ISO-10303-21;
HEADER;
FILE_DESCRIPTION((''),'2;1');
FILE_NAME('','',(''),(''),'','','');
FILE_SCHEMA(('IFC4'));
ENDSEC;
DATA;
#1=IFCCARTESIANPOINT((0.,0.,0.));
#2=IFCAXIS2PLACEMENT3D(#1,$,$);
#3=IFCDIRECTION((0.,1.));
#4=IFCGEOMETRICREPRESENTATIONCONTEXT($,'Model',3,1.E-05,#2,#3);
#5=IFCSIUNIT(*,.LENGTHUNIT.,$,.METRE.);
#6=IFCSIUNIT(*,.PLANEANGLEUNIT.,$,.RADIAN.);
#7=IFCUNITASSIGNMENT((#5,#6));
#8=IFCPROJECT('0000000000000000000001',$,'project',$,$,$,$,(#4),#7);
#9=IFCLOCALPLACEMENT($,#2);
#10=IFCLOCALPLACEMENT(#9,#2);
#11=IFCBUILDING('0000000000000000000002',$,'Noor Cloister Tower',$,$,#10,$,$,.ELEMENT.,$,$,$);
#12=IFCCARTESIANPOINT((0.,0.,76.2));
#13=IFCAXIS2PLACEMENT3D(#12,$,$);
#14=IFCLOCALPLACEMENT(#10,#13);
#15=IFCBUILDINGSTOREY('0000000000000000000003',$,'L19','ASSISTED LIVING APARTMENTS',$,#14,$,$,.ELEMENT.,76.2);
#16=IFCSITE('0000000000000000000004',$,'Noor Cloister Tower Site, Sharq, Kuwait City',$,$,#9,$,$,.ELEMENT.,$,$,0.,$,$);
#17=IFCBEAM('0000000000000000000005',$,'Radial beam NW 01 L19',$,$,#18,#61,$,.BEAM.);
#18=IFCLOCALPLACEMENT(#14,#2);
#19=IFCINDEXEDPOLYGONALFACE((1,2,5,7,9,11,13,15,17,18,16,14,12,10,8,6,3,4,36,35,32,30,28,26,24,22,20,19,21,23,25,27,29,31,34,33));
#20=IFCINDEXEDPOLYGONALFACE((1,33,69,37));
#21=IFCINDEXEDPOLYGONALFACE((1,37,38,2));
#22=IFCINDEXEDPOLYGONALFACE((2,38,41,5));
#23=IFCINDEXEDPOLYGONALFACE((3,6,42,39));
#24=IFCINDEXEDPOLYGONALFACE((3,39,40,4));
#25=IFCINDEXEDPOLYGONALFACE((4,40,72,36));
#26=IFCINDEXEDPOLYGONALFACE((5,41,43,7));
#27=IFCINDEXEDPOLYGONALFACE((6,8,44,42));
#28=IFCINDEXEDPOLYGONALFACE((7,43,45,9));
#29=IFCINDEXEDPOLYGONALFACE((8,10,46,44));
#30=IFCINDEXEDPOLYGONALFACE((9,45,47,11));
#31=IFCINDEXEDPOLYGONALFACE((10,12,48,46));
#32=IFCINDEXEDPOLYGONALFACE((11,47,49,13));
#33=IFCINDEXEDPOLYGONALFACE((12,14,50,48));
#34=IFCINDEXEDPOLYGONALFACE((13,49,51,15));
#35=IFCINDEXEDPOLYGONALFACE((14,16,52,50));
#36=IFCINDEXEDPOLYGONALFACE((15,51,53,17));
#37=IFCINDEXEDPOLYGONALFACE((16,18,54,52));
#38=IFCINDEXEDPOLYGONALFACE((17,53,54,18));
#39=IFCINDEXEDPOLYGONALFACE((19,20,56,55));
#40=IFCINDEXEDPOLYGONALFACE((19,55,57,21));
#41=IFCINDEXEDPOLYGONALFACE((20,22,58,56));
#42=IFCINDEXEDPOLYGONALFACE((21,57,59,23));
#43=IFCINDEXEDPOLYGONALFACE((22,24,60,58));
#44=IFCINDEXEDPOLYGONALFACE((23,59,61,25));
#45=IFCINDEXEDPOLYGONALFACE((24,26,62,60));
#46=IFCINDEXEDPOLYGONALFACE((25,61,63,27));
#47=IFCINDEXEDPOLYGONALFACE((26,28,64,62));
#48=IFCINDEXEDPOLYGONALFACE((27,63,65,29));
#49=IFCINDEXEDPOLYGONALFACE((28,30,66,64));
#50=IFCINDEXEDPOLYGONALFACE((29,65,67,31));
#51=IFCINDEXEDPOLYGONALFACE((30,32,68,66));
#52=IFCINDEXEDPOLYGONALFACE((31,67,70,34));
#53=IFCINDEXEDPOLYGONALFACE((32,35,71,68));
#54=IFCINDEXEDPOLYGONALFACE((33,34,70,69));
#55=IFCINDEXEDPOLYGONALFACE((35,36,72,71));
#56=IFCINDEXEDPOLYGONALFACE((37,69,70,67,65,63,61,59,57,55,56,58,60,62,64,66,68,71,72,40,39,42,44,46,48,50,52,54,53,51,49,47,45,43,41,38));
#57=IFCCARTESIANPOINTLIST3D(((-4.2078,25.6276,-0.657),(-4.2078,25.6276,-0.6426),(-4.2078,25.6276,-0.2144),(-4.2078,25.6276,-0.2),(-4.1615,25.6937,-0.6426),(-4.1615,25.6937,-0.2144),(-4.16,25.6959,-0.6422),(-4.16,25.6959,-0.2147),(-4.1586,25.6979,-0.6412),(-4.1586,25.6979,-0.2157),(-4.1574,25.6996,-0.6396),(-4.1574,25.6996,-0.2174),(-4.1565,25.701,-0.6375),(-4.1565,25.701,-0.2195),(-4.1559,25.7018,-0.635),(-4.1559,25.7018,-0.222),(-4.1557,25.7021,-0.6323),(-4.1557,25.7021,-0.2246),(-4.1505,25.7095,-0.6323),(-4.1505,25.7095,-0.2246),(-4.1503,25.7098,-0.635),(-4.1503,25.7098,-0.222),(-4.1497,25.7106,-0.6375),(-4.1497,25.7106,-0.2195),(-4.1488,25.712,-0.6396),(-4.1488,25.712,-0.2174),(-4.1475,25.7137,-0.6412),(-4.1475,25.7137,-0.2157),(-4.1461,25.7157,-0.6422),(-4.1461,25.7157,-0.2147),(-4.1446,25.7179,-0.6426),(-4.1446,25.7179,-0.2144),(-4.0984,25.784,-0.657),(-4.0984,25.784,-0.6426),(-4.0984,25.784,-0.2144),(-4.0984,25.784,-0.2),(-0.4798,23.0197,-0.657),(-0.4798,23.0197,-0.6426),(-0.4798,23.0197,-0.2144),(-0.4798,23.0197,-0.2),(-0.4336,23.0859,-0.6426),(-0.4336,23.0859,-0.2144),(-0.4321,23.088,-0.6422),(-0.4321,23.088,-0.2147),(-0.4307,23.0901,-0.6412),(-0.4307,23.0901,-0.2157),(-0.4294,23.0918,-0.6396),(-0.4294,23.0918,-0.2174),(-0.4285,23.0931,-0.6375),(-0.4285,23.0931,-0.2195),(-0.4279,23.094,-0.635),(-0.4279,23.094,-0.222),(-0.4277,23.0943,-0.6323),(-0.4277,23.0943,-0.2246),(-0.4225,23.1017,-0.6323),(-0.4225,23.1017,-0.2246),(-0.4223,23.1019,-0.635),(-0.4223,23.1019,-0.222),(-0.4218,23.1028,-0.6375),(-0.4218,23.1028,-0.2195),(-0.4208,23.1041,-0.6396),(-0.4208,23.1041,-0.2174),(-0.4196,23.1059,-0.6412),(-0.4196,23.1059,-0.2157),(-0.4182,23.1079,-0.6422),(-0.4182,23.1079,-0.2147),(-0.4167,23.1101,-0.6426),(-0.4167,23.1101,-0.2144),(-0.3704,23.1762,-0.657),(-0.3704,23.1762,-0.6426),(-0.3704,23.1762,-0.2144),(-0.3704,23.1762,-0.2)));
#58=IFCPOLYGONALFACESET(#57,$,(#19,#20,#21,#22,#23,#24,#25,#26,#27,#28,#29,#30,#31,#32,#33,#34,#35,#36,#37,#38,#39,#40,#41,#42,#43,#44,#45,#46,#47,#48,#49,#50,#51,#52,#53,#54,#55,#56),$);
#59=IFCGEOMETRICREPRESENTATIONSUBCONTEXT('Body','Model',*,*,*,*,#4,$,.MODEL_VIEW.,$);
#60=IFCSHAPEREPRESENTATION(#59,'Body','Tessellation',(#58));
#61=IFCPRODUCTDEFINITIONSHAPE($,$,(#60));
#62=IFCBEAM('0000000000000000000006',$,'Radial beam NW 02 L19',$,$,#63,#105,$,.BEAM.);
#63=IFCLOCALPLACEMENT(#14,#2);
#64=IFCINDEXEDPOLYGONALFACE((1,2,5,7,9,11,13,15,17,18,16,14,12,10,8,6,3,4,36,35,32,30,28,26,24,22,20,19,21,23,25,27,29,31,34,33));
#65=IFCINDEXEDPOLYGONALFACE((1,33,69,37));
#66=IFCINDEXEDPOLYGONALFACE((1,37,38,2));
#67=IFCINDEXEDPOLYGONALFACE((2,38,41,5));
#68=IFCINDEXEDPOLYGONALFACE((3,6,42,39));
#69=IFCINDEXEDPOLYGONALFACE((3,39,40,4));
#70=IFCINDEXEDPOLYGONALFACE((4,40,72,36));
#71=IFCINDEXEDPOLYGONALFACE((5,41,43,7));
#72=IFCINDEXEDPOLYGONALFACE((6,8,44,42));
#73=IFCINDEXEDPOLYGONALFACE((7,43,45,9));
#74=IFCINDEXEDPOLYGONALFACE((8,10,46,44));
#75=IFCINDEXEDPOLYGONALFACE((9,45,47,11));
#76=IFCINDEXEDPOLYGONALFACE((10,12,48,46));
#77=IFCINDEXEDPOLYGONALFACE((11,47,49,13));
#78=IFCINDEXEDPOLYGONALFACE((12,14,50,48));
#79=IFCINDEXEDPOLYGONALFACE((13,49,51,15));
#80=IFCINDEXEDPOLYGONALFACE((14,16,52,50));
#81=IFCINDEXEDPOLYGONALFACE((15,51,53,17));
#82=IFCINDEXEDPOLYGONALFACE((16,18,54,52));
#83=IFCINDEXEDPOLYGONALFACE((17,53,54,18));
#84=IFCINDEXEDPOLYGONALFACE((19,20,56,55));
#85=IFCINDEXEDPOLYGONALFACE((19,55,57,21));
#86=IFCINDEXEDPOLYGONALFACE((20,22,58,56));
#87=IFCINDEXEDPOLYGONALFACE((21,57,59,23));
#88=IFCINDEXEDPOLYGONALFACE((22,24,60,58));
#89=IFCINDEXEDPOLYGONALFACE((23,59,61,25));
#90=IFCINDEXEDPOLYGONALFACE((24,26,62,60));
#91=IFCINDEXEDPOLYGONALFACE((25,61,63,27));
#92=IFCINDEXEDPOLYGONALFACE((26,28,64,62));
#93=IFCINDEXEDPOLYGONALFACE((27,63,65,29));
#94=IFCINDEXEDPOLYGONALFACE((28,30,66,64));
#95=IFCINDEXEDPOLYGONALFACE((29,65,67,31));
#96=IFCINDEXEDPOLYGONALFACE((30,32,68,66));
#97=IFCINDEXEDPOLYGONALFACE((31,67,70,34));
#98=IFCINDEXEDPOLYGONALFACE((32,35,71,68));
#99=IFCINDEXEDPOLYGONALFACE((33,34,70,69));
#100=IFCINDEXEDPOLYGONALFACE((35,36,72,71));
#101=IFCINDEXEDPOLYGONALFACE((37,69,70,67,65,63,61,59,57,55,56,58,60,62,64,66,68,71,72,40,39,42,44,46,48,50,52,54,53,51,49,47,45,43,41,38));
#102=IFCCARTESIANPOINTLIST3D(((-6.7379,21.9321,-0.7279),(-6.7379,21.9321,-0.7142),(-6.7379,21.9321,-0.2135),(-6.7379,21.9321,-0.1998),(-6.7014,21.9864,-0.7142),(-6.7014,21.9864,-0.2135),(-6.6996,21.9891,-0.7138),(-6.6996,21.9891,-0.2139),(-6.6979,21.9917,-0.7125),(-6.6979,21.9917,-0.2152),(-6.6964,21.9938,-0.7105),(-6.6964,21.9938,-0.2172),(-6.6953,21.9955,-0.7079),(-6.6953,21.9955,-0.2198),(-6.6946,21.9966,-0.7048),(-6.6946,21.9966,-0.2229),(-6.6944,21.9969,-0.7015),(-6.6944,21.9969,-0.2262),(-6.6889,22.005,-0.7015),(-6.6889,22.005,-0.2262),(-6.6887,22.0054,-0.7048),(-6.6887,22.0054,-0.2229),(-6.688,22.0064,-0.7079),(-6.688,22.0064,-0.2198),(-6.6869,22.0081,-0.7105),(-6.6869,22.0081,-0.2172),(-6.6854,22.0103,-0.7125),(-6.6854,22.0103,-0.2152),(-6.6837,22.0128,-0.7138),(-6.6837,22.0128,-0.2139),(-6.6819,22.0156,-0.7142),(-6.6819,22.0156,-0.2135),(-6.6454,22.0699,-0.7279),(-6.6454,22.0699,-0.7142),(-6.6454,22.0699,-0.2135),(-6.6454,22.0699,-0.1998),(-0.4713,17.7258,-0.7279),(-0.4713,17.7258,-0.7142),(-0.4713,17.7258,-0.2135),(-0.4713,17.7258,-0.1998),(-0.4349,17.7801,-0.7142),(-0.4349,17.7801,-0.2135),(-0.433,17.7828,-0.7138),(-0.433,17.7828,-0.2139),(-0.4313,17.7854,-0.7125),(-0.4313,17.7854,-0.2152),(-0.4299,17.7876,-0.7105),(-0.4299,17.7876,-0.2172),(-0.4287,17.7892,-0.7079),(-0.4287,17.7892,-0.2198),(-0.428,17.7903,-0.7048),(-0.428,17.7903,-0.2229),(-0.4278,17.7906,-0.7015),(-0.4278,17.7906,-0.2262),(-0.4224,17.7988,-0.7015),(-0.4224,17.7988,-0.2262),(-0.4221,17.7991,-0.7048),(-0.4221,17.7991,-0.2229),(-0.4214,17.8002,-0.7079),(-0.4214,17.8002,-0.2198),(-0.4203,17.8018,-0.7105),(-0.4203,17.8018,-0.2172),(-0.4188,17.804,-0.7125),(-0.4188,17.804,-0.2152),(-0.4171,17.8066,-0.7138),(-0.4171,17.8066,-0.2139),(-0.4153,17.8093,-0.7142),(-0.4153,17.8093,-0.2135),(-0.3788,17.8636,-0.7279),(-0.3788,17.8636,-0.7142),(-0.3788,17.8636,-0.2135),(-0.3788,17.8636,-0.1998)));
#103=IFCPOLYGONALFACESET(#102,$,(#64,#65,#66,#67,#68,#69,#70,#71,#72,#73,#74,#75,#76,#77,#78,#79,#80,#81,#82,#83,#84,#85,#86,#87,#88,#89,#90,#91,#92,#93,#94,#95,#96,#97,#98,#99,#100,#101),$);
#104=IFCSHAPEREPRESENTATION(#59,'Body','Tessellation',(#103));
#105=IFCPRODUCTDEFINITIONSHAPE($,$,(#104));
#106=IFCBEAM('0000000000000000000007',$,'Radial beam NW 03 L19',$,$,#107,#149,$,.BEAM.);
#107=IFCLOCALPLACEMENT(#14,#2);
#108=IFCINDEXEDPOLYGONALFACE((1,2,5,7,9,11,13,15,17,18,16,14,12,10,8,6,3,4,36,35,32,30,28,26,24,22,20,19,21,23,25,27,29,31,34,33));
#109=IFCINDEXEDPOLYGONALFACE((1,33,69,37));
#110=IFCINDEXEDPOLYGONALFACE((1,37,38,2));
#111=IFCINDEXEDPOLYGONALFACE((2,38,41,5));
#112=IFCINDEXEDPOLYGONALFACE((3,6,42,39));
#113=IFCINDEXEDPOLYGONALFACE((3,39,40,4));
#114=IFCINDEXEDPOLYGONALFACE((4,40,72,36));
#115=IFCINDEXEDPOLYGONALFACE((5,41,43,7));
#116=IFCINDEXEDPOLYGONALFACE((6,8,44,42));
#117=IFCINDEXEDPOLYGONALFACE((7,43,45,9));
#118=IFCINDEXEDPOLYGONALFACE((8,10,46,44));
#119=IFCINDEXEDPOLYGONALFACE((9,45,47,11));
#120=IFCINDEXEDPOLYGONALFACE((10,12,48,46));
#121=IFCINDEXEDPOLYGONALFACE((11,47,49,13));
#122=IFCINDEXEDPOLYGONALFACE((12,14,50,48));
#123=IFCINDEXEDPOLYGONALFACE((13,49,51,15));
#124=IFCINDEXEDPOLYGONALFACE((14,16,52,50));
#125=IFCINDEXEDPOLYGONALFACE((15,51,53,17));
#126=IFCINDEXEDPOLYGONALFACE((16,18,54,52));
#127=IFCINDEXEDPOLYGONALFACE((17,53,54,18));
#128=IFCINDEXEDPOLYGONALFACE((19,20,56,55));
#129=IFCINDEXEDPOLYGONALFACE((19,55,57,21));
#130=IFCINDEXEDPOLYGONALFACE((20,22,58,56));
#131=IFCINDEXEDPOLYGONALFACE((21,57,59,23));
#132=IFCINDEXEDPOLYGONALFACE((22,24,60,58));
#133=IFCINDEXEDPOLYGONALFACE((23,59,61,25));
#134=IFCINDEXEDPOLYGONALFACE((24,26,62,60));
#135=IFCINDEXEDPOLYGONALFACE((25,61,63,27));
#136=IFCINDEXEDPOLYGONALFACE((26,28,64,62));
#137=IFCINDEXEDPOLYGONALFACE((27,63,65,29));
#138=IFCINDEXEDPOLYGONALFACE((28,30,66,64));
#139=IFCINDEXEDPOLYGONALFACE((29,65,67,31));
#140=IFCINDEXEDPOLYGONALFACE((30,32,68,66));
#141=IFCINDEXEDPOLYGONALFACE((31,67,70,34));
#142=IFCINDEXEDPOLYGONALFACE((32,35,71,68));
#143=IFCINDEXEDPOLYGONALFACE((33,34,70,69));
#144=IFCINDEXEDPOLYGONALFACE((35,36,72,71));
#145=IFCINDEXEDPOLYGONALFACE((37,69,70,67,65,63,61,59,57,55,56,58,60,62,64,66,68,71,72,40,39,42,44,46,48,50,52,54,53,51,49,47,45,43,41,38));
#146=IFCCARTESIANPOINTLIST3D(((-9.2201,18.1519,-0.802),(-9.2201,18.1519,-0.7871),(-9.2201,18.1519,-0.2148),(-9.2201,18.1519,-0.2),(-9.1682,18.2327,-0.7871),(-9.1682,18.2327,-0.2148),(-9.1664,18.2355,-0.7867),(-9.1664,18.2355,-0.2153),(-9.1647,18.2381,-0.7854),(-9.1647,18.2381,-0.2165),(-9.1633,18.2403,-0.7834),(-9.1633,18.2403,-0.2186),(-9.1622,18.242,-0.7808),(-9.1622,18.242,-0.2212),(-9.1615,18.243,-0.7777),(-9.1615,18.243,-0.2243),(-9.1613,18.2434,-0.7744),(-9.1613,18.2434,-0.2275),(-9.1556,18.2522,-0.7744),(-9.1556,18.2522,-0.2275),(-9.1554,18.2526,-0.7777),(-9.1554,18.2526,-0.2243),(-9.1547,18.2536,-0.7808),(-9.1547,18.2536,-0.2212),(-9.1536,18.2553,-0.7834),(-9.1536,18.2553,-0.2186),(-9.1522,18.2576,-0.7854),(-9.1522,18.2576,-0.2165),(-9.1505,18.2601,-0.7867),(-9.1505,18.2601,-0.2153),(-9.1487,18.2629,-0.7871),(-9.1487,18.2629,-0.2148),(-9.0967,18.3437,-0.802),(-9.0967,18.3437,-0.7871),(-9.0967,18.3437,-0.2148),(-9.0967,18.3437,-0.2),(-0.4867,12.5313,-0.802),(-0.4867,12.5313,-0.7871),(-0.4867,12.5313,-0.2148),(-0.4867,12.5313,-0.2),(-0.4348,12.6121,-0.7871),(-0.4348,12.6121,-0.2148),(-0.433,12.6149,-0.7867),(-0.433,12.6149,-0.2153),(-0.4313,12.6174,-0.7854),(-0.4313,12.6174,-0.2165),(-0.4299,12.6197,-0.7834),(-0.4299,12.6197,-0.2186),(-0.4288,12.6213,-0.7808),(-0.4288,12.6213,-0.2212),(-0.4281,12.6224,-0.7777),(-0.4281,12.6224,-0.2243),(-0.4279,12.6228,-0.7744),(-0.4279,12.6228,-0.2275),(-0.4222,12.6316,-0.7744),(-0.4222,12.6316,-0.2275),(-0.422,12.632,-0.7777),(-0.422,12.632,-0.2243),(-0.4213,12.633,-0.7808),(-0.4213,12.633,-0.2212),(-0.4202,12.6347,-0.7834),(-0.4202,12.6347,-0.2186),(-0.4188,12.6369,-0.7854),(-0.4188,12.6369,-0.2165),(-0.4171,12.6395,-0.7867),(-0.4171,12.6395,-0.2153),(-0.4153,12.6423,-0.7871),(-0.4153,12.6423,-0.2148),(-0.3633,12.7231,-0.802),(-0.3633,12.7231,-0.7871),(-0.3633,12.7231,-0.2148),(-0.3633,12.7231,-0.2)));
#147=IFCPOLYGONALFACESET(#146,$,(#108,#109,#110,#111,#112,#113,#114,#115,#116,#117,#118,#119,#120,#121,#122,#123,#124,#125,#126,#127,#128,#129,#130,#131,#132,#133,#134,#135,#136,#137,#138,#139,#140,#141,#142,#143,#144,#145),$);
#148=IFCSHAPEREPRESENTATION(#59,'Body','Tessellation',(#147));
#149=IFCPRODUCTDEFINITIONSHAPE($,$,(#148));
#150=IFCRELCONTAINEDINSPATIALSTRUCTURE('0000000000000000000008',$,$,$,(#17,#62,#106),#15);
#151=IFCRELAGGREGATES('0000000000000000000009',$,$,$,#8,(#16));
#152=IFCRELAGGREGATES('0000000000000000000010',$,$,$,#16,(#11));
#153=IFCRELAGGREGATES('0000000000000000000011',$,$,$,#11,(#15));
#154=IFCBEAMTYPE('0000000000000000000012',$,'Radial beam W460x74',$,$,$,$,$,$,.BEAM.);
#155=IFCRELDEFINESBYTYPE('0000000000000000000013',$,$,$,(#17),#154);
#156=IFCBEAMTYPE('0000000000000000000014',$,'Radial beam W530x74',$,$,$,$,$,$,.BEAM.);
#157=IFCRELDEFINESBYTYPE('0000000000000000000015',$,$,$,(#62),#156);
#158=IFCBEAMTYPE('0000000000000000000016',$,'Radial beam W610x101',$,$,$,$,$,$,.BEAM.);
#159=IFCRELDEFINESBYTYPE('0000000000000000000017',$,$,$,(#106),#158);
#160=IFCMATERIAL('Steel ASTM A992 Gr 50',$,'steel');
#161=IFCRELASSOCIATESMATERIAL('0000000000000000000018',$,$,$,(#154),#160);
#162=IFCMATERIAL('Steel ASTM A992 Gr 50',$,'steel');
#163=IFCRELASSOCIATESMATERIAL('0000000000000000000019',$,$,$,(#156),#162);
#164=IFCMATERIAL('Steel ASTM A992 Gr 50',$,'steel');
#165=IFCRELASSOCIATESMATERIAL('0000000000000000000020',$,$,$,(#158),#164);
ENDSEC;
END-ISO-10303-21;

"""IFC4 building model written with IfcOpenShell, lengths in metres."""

from ifc_helpers import new_model, si_unit, direction, frame, origin, origin_2d, place, context, subcontext, project, spatial, i_section, extrude, material, material_profile, profile_set, type_object, element, save


model = new_model("IFC4")

# Units and contexts
model_context = context("Model", 3, precision=1e-05, world=origin(), true_north=direction((0.0, 1.0)))
body_context = subcontext(model_context, "Body", "Model", "MODEL_VIEW")
ifc_project = project(units=[si_unit("LENGTHUNIT", "METRE"), si_unit("PLANEANGLEUNIT", "RADIAN")], contexts=[model_context])

# Site, building, storey
site_placement = place(None, origin())
site = spatial("IfcSite", under=ifc_project, at=site_placement, Name="Noor Cloister Tower Site, Sharq, Kuwait City", CompositionType="ELEMENT", RefElevation=0.0)
building_placement = place(site_placement, origin())
building = spatial("IfcBuilding", under=site, at=building_placement, Name="Noor Cloister Tower", CompositionType="ELEMENT")
storey_placement = place(building_placement, frame((0.0, 0.0, 76.2)))
storey = spatial("IfcBuildingStorey", under=building, at=storey_placement, Name="L19", Description="ASSISTED LIVING APARTMENTS", CompositionType="ELEMENT", Elevation=76.2)

# Beams
ifc_material_1 = material(Name="Steel ASTM A992 Gr 50", Category="steel")
ifc_material_profile_1 = material_profile(ifc_material_1, i_section(OverallWidth=0.1909, OverallDepth=0.457, WebThickness=0.009, FlangeThickness=0.0144, FilletRadius=0.0103, at=origin_2d()), Name="W460x74")
ifc_profile_set_1 = profile_set([ifc_material_profile_1], Name="Steel ASTM A992 Gr 50")
beam_type_1 = type_object("IfcBeamType", Name="Radial beam W460x74", PredefinedType="BEAM", material=ifc_profile_set_1)
beam_1_placement = place(storey_placement, frame((-4.1531, 25.7058, -0.4285), z_axis=(0.819408, -0.57321, 0.0), x_axis=(0.57321, 0.819408, 0.0)))
element("IfcBeam", 1, at=beam_1_placement, inside=storey, type_object=beam_type_1, Name="Radial beam NW 01 L19", PredefinedType="BEAM", context=body_context, shape_type="SweptSolid", body=[
    extrude(i_section(OverallWidth=0.1909, OverallDepth=0.457, WebThickness=0.009, FlangeThickness=0.0144, FilletRadius=0.0103, at=origin_2d()), origin(), (0.0, 0.0, 1.0), 4.5496),
])
ifc_material_2 = material(Name="Steel ASTM A992 Gr 50", Category="steel")
ifc_material_profile_2 = material_profile(ifc_material_2, i_section(OverallWidth=0.166, OverallDepth=0.5281, WebThickness=0.0098, FlangeThickness=0.0137, FilletRadius=0.0127, at=origin_2d()), Name="W530x74")
ifc_profile_set_2 = profile_set([ifc_material_profile_2], Name="Steel ASTM A992 Gr 50")
beam_type_2 = type_object("IfcBeamType", Name="Radial beam W530x74", PredefinedType="BEAM", material=ifc_profile_set_2)
beam_2_placement = place(storey_placement, frame((-6.6917, 22.001, -0.4639), z_axis=(0.830299, -0.557318, 0.0), x_axis=(0.557318, 0.830299, 0.0)))
element("IfcBeam", 2, at=beam_2_placement, inside=storey, type_object=beam_type_2, Name="Radial beam NW 02 L19", PredefinedType="BEAM", context=body_context, shape_type="SweptSolid", body=[
    extrude(i_section(OverallWidth=0.166, OverallDepth=0.5281, WebThickness=0.0098, FlangeThickness=0.0137, FilletRadius=0.0127, at=origin_2d()), origin(), (0.0, 0.0, 1.0), 7.5474),
])
ifc_material_3 = material(Name="Steel ASTM A992 Gr 50", Category="steel")
ifc_material_profile_3 = material_profile(ifc_material_3, i_section(OverallWidth=0.228, OverallDepth=0.6021, WebThickness=0.0105, FlangeThickness=0.0149, FilletRadius=0.0127, at=origin_2d()), Name="W610x101")
ifc_profile_set_3 = profile_set([ifc_material_profile_3], Name="Steel ASTM A992 Gr 50")
beam_type_3 = type_object("IfcBeamType", Name="Radial beam W610x101", PredefinedType="BEAM", material=ifc_profile_set_3)
beam_3_placement = place(storey_placement, frame((-9.1584, 18.2478, -0.501), z_axis=(0.840903, -0.541185, 0.0), x_axis=(0.541185, 0.840903, 0.0)))
element("IfcBeam", 3, at=beam_3_placement, inside=storey, type_object=beam_type_3, Name="Radial beam NW 03 L19", PredefinedType="BEAM", context=body_context, shape_type="SweptSolid", body=[
    extrude(i_section(OverallWidth=0.228, OverallDepth=0.6021, WebThickness=0.0105, FlangeThickness=0.0149, FilletRadius=0.0127, at=origin_2d()), origin(), (0.0, 0.0, 1.0), 10.3857),
])

save(model, "model.ifc")
